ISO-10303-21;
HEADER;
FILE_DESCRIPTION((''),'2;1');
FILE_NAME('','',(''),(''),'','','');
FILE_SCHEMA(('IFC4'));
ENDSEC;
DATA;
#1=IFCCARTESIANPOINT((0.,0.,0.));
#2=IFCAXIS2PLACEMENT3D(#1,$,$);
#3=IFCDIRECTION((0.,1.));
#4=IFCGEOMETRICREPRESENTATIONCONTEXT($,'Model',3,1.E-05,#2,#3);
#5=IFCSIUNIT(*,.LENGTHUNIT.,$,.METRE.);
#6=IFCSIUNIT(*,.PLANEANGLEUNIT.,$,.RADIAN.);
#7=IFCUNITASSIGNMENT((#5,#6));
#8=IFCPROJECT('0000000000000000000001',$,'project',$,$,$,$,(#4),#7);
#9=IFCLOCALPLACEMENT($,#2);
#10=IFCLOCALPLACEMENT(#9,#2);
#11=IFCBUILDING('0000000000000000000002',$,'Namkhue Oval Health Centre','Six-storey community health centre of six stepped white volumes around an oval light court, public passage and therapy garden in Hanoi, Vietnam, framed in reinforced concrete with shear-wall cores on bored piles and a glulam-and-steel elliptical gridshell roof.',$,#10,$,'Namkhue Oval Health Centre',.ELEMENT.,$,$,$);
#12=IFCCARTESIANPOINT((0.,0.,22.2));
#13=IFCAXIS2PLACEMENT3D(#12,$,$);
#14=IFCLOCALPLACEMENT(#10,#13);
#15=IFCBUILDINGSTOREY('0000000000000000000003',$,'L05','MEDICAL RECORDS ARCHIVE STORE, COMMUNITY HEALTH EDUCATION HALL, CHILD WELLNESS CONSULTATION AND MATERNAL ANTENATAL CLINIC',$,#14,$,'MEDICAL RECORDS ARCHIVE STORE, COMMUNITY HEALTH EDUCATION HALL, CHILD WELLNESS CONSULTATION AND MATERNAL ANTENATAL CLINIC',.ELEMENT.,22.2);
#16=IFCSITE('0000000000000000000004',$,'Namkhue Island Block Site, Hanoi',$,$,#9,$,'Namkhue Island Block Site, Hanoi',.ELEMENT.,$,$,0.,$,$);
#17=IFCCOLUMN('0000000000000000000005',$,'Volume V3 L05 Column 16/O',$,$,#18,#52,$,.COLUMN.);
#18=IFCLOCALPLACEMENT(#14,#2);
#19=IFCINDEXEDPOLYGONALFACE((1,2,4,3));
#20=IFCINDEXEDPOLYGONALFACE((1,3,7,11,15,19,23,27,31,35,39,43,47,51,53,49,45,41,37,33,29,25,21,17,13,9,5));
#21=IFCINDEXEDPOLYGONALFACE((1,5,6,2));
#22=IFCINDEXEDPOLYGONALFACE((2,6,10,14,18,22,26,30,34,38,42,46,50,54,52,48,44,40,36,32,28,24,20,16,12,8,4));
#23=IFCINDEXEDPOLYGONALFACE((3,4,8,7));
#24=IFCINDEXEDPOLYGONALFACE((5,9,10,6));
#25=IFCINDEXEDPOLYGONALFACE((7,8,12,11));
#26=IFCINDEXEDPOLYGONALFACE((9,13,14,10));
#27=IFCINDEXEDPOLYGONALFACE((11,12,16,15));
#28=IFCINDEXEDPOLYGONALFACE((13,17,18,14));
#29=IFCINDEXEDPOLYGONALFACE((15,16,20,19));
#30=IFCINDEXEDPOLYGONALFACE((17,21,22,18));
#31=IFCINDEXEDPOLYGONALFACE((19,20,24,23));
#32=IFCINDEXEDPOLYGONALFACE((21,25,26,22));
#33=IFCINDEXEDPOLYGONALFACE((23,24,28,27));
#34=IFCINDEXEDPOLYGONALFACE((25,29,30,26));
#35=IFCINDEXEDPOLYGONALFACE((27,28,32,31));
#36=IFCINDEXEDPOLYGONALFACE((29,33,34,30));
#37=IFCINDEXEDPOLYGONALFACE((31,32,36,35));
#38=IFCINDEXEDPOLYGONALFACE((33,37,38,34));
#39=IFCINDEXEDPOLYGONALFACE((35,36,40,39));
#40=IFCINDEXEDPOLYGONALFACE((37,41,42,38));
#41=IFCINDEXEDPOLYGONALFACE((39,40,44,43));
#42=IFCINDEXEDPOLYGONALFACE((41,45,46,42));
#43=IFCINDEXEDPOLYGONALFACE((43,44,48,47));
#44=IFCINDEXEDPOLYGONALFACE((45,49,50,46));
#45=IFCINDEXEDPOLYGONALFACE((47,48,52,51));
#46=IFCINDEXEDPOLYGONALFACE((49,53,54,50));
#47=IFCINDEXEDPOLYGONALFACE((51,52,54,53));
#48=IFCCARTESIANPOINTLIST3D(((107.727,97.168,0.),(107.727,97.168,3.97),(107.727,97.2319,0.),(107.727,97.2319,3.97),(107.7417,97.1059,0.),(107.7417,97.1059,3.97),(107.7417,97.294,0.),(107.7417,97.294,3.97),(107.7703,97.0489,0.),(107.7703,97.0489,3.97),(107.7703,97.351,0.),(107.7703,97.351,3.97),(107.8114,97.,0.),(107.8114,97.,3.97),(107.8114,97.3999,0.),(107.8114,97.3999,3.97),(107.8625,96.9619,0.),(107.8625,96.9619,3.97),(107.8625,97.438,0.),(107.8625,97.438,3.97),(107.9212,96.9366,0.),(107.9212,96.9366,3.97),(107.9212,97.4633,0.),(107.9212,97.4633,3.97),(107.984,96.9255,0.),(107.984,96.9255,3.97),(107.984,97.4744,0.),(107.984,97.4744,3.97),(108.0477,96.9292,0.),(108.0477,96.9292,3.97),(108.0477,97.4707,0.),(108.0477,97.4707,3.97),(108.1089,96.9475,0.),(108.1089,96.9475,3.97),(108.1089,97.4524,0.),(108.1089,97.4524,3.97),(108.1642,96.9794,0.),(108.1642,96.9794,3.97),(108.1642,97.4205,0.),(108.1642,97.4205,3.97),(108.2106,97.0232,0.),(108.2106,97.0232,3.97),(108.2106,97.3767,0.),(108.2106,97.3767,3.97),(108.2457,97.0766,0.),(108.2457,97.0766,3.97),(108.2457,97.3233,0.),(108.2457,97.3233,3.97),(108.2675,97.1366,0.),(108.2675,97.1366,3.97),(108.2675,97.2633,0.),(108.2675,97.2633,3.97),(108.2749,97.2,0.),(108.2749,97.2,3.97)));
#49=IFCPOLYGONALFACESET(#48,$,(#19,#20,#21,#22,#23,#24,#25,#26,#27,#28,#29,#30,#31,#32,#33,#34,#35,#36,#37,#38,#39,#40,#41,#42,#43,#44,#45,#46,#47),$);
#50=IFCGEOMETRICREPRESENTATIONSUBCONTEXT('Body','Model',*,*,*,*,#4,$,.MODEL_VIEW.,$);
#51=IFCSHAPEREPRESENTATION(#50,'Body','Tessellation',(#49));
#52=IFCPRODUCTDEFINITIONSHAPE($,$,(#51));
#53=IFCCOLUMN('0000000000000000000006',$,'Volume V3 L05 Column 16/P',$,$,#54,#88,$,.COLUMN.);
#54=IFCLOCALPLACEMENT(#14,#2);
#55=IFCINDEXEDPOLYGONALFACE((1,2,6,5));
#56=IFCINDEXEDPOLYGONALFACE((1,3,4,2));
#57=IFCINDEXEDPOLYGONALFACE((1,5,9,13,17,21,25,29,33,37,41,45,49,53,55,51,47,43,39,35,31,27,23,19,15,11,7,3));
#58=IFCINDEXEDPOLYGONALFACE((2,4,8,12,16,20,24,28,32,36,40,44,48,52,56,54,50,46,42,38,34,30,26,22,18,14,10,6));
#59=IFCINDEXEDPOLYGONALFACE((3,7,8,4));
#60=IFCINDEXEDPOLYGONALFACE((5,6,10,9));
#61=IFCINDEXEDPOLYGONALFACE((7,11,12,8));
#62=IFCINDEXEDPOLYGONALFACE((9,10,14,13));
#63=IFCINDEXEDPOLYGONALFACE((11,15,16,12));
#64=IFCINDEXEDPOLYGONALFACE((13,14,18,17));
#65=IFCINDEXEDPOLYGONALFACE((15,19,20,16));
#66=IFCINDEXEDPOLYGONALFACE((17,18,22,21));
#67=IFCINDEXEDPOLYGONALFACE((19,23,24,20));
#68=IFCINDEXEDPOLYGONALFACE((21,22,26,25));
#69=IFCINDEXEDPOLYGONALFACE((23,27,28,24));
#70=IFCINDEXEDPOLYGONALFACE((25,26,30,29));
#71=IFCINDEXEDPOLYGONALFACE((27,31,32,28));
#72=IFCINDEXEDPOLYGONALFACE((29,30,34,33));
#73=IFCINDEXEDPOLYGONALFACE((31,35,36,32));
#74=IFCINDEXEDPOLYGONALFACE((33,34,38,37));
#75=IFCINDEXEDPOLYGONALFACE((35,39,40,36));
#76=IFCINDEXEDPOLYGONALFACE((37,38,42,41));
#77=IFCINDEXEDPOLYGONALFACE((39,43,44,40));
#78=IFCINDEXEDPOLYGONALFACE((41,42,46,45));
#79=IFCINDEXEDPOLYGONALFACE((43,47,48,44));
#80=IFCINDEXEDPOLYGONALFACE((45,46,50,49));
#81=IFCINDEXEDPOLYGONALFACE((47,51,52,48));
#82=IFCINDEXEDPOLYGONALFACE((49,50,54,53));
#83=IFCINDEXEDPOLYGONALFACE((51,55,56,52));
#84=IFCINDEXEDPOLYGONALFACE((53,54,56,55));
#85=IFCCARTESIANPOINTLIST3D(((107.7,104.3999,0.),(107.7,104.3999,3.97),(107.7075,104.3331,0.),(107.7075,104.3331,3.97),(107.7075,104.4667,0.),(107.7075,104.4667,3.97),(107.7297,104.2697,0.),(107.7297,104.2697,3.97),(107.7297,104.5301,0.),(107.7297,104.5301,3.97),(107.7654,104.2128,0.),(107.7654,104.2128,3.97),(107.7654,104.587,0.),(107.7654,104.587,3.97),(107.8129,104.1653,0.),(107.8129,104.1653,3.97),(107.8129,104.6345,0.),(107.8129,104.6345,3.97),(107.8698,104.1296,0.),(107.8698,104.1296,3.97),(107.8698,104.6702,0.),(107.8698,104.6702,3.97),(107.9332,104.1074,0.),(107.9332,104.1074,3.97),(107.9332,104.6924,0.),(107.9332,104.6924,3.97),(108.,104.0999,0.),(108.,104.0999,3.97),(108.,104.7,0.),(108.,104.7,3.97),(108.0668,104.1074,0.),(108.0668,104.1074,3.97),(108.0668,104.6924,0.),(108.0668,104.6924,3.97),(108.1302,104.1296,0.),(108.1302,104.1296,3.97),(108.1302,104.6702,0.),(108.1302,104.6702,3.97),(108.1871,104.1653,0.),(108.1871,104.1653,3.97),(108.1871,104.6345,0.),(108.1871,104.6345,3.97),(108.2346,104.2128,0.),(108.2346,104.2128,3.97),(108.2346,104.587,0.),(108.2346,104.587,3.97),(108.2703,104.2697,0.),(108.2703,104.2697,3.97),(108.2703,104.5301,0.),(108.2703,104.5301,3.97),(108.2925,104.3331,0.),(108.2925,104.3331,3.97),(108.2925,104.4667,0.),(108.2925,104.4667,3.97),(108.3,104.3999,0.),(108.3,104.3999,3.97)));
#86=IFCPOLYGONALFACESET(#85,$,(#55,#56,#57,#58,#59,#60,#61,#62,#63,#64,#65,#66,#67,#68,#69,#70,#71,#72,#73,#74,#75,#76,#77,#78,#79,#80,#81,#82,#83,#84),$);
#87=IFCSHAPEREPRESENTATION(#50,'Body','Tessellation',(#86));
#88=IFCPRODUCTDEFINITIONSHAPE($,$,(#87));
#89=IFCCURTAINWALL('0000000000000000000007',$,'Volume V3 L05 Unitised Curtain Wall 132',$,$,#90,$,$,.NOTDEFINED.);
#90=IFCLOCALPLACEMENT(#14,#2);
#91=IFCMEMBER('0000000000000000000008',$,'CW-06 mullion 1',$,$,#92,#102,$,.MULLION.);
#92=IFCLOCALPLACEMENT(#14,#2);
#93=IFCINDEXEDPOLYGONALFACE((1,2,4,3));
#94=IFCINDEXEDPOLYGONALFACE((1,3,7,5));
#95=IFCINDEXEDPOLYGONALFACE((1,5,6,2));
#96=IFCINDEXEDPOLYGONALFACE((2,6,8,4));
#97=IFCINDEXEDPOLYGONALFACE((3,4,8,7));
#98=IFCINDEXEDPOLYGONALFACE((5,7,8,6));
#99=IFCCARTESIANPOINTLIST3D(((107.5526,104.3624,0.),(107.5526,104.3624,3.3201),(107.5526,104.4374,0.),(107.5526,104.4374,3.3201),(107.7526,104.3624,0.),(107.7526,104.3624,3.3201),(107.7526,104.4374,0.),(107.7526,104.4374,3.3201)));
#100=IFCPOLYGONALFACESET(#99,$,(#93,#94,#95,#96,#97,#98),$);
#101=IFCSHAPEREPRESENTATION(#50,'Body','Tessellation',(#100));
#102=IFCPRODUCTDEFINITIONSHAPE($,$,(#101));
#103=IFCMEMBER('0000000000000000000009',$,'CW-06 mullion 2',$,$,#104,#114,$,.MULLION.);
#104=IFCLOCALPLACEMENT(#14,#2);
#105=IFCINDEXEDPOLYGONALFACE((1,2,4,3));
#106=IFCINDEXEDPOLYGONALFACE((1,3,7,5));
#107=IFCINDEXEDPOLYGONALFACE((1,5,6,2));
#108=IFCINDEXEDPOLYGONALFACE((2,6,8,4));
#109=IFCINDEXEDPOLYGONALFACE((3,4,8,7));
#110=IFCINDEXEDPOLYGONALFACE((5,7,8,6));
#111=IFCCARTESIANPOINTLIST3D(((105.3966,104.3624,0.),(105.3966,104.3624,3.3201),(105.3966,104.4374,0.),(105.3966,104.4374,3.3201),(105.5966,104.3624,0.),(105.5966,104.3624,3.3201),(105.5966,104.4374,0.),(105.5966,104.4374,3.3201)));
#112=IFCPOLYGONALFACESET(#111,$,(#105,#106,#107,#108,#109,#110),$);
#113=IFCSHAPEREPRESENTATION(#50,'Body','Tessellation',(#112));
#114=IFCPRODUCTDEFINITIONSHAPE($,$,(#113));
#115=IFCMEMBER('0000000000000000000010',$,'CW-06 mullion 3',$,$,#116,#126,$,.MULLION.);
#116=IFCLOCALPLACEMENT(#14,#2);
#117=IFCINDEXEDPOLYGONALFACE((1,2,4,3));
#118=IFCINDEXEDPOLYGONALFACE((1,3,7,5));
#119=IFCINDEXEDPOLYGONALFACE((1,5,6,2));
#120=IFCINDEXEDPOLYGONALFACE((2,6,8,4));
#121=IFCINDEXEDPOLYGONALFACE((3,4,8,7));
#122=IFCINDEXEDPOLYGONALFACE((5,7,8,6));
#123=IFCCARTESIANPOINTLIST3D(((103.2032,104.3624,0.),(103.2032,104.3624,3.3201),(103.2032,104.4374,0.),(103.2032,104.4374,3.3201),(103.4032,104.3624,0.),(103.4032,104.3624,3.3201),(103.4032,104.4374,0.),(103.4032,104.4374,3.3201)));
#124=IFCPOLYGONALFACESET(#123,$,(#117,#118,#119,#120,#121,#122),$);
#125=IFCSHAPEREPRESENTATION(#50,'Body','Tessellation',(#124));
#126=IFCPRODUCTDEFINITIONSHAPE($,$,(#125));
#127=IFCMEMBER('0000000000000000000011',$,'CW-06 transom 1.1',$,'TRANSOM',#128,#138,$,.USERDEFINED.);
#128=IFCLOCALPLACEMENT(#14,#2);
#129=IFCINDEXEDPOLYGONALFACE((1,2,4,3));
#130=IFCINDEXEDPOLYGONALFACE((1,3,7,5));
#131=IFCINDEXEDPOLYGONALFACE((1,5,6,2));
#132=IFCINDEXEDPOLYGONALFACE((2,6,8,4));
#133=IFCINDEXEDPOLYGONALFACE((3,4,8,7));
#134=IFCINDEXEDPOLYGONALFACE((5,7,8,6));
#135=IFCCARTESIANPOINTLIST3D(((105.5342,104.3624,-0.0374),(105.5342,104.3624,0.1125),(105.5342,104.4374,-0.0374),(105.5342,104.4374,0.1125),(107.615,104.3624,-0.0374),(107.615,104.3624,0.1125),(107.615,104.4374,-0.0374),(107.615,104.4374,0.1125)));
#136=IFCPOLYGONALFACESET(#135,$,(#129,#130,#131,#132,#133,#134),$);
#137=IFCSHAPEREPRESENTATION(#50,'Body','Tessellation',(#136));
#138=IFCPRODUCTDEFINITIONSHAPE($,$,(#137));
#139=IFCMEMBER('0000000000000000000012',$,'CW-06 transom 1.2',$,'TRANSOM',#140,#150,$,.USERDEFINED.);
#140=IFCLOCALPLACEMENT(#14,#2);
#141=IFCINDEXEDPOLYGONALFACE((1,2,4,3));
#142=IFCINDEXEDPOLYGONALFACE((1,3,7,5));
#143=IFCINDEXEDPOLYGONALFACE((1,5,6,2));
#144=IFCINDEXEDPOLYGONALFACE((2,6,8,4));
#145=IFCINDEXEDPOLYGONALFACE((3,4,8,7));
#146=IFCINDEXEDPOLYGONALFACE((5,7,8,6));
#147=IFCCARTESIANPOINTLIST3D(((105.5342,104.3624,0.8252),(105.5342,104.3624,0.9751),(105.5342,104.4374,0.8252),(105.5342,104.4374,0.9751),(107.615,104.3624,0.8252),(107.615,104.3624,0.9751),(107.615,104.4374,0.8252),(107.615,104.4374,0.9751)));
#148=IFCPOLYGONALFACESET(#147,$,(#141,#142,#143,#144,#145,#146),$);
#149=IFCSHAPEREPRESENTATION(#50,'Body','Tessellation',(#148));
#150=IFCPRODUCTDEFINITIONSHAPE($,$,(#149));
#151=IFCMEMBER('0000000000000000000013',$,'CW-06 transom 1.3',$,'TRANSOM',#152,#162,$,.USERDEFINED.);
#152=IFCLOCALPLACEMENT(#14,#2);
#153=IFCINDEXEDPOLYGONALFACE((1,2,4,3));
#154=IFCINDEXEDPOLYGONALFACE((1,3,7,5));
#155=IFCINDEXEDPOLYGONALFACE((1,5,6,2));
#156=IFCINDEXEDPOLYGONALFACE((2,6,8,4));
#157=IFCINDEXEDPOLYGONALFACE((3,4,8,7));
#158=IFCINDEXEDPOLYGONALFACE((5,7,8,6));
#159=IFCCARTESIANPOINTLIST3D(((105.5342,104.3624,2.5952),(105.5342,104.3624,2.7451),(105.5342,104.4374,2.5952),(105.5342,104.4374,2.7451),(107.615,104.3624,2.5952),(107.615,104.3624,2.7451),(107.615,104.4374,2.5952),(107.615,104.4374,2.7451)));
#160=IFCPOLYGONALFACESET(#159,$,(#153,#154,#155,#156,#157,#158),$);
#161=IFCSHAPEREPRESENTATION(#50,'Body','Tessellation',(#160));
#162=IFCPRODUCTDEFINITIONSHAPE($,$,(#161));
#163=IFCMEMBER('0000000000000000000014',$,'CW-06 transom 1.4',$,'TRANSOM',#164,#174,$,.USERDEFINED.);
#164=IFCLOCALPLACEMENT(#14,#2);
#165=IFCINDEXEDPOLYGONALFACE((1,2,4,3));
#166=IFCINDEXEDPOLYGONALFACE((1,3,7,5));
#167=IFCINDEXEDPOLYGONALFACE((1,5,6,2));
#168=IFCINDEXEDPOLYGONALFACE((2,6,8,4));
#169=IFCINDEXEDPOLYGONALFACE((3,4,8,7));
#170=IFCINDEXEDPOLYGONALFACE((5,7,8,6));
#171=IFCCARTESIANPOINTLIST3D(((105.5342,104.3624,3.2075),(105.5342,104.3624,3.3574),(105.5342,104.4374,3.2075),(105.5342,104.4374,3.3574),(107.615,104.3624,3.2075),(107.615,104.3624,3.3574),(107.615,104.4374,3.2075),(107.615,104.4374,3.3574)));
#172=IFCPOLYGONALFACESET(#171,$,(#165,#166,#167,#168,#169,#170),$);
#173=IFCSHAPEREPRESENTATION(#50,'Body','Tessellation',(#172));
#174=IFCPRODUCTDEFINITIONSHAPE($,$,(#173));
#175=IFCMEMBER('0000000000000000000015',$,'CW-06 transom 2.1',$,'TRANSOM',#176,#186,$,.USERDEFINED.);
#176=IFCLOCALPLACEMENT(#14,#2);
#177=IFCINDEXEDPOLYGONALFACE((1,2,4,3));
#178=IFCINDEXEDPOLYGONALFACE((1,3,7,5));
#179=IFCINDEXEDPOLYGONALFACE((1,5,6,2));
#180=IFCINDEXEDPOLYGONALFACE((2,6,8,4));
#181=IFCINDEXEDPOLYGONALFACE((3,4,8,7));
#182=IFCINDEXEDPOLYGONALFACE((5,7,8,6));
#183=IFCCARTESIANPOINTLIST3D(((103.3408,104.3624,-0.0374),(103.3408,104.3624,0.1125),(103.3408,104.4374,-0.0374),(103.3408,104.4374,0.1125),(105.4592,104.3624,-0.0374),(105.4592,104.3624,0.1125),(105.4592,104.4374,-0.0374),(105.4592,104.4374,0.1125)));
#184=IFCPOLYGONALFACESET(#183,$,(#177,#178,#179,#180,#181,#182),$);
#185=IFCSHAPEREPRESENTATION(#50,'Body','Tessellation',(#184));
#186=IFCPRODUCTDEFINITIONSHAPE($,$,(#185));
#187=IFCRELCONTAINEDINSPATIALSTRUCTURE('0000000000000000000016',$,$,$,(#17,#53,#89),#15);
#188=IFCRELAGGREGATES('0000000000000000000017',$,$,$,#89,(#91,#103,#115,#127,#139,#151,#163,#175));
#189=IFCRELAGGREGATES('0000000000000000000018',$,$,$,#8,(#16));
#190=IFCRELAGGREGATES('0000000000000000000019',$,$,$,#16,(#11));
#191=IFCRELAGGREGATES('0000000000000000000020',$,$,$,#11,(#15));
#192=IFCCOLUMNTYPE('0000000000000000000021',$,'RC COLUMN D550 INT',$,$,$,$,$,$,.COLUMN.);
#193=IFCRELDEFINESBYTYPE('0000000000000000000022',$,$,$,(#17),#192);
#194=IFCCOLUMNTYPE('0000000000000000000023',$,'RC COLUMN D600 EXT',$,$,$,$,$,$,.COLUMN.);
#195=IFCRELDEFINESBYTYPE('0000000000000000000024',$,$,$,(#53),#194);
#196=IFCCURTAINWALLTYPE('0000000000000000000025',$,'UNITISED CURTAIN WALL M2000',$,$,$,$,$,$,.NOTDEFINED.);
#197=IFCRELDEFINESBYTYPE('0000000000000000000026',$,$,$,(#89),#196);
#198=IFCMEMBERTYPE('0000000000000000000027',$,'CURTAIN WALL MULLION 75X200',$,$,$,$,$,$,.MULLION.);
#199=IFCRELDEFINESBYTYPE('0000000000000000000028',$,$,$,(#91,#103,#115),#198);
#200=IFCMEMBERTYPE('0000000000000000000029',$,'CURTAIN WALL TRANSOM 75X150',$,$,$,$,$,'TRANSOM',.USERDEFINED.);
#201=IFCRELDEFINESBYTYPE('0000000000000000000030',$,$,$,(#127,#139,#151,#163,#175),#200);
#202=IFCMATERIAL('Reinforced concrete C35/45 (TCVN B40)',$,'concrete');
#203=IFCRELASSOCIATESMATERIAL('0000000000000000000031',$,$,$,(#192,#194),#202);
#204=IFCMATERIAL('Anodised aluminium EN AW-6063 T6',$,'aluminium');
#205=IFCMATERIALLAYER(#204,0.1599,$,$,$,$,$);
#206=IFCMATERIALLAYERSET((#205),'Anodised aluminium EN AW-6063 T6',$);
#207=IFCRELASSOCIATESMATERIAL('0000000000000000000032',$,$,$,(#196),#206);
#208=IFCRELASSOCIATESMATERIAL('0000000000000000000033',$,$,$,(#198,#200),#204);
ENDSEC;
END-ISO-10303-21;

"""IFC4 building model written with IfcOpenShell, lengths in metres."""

from ifc_helpers import new_model, si_unit, direction, frame, origin, origin_2d, place, context, subcontext, project, spatial, rectangle, circle, extrude, material, layer, layer_set, material_profile, profile_set, type_object, element, aggregate, save


model = new_model("IFC4")

# Units and contexts
model_context = context("Model", 3, precision=1e-05, world=origin(), true_north=direction((0.0, 1.0)))
body_context = subcontext(model_context, "Body", "Model", "MODEL_VIEW")
ifc_project = project(units=[si_unit("LENGTHUNIT", "METRE"), si_unit("PLANEANGLEUNIT", "RADIAN")], contexts=[model_context])

# Site, building, storey
site_placement = place(None, origin())
site = spatial("IfcSite", under=ifc_project, at=site_placement, Name="Namkhue Island Block Site, Hanoi", LongName="Namkhue Island Block Site, Hanoi", CompositionType="ELEMENT", RefElevation=0.0)
building_placement = place(site_placement, origin())
building = spatial("IfcBuilding", under=site, at=building_placement, Name="Namkhue Oval Health Centre", Description="Six-storey community health centre of six stepped white volumes around an oval light court, public passage and therapy garden in Hanoi, Vietnam, framed in reinforced concrete with shear-wall cores on bored piles and a glulam-and-steel elliptical gridshell roof.", LongName="Namkhue Oval Health Centre", CompositionType="ELEMENT")
storey_placement = place(building_placement, frame((0.0, 0.0, 22.2)))
storey = spatial("IfcBuildingStorey", under=building, at=storey_placement, Name="L05", Description="MEDICAL RECORDS ARCHIVE STORE, COMMUNITY HEALTH EDUCATION HALL, CHILD WELLNESS CONSULTATION AND MATERNAL ANTENATAL CLINIC", LongName="MEDICAL RECORDS ARCHIVE STORE, COMMUNITY HEALTH EDUCATION HALL, CHILD WELLNESS CONSULTATION AND MATERNAL ANTENATAL CLINIC", CompositionType="ELEMENT", Elevation=22.2)

# Columns
ifc_material_1 = material(Name="Reinforced concrete C35/45 (TCVN B40)", Category="concrete")
ifc_material_profile_1 = material_profile(ifc_material_1, circle(Radius=0.2749, at=origin_2d()), Name="RC D550")
ifc_profile_set_1 = profile_set([ifc_material_profile_1], Name="Reinforced concrete C35/45 (TCVN B40)")
column_type_1 = type_object("IfcColumnType", Name="RC COLUMN D550 INT", PredefinedType="COLUMN", material=ifc_profile_set_1)
column_1_placement = place(storey_placement, frame((108.0, 97.2, 0.0), z_axis=(0.0, 0.0, 1.0), x_axis=(1.0, 0.0, 0.0)))
element("IfcColumn", 1, at=column_1_placement, inside=storey, type_object=column_type_1, Name="Volume V3 L05 Column 16/O", PredefinedType="COLUMN", context=body_context, shape_type="SweptSolid", body=[
    extrude(circle(Radius=0.2749, at=origin_2d()), origin(), (0.0, 0.0, 1.0), 3.97),
])
ifc_material_profile_2 = material_profile(ifc_material_1, circle(Radius=0.3, at=origin_2d()), Name="RC D600")
ifc_profile_set_2 = profile_set([ifc_material_profile_2], Name="Reinforced concrete C35/45 (TCVN B40)")
column_type_2 = type_object("IfcColumnType", Name="RC COLUMN D600 EXT", PredefinedType="COLUMN", material=ifc_profile_set_2)
column_2_placement = place(storey_placement, frame((108.0, 104.3999, 0.0), z_axis=(0.0, 0.0, 1.0), x_axis=(1.0, 0.0, 0.0)))
element("IfcColumn", 2, at=column_2_placement, inside=storey, type_object=column_type_2, Name="Volume V3 L05 Column 16/P", PredefinedType="COLUMN", context=body_context, shape_type="SweptSolid", body=[
    extrude(circle(Radius=0.3, at=origin_2d()), origin(), (0.0, 0.0, 1.0), 3.97),
])

# Curtain wall, members
ifc_material_2 = material(Name="Anodised aluminium EN AW-6063 T6", Category="aluminium")
ifc_layer_1 = layer(ifc_material_2, 0.1599)
ifc_layer_set_1 = layer_set([ifc_layer_1], Name="Anodised aluminium EN AW-6063 T6")
curtain_wall_type = type_object("IfcCurtainWallType", Name="UNITISED CURTAIN WALL M2000", PredefinedType="NOTDEFINED", material=ifc_layer_set_1)
curtain_wall_placement = place(storey_placement, origin())
curtain_wall = element("IfcCurtainWall", 3, at=curtain_wall_placement, inside=storey, type_object=curtain_wall_type, Name="Volume V3 L05 Unitised Curtain Wall 132", PredefinedType="NOTDEFINED")
ifc_material_profile_3 = material_profile(ifc_material_2, rectangle(XDim=0.075, YDim=0.2, at=origin_2d()), Name="ALU 75x200")
ifc_profile_set_3 = profile_set([ifc_material_profile_3], Name="Anodised aluminium EN AW-6063 T6")
member_type_1 = type_object("IfcMemberType", Name="CURTAIN WALL MULLION 75X200", PredefinedType="MULLION", material=ifc_profile_set_3)
member_1_placement = place(storey_placement, frame((107.6526, 104.3999, 0.0), z_axis=(0.0, 0.0, 1.0), x_axis=(0.0, -1.0, 0.0)))
member_1 = element("IfcMember", 4, at=member_1_placement, type_object=member_type_1, Name="CW-06 mullion 1", PredefinedType="MULLION", context=body_context, shape_type="SweptSolid", body=[
    extrude(rectangle(XDim=0.075, YDim=0.2, at=origin_2d()), origin(), (0.0, 0.0, 1.0), 3.3201),
])
member_2_placement = place(storey_placement, frame((105.4966, 104.3999, 0.0), z_axis=(0.0, 0.0, 1.0), x_axis=(0.0, -1.0, 0.0)))
member_2 = element("IfcMember", 5, at=member_2_placement, type_object=member_type_1, Name="CW-06 mullion 2", PredefinedType="MULLION", context=body_context, shape_type="SweptSolid", body=[
    extrude(rectangle(XDim=0.075, YDim=0.2, at=origin_2d()), origin(), (0.0, 0.0, 1.0), 3.3201),
])
member_3_placement = place(storey_placement, frame((103.3032, 104.3999, 0.0), z_axis=(0.0, 0.0, 1.0), x_axis=(0.0, -1.0, 0.0)))
member_3 = element("IfcMember", 6, at=member_3_placement, type_object=member_type_1, Name="CW-06 mullion 3", PredefinedType="MULLION", context=body_context, shape_type="SweptSolid", body=[
    extrude(rectangle(XDim=0.075, YDim=0.2, at=origin_2d()), origin(), (0.0, 0.0, 1.0), 3.3201),
])
ifc_material_profile_4 = material_profile(ifc_material_2, rectangle(XDim=0.075, YDim=0.1499, at=origin_2d()), Name="ALU 75x150")
ifc_profile_set_4 = profile_set([ifc_material_profile_4], Name="Anodised aluminium EN AW-6063 T6")
member_type_2 = type_object("IfcMemberType", Name="CURTAIN WALL TRANSOM 75X150", ElementType="TRANSOM", PredefinedType="USERDEFINED", material=ifc_profile_set_4)
member_4_placement = place(storey_placement, frame((107.615, 104.3999, 0.0376), z_axis=(-1.0, 0.0, 0.0), x_axis=(0.0, -1.0, 0.0)))
member_4 = element("IfcMember", 7, at=member_4_placement, type_object=member_type_2, Name="CW-06 transom 1.1", ObjectType="TRANSOM", PredefinedType="USERDEFINED", context=body_context, shape_type="SweptSolid", body=[
    extrude(rectangle(XDim=0.075, YDim=0.1499, at=origin_2d()), origin(), (0.0, 0.0, 1.0), 2.0808),
])
member_5_placement = place(storey_placement, frame((107.615, 104.3999, 0.9001), z_axis=(-1.0, 0.0, 0.0), x_axis=(0.0, -1.0, 0.0)))
member_5 = element("IfcMember", 8, at=member_5_placement, type_object=member_type_2, Name="CW-06 transom 1.2", ObjectType="TRANSOM", PredefinedType="USERDEFINED", context=body_context, shape_type="SweptSolid", body=[
    extrude(rectangle(XDim=0.075, YDim=0.1499, at=origin_2d()), origin(), (0.0, 0.0, 1.0), 2.0808),
])
member_6_placement = place(storey_placement, frame((107.615, 104.3999, 2.6702), z_axis=(-1.0, 0.0, 0.0), x_axis=(0.0, -1.0, 0.0)))
member_6 = element("IfcMember", 9, at=member_6_placement, type_object=member_type_2, Name="CW-06 transom 1.3", ObjectType="TRANSOM", PredefinedType="USERDEFINED", context=body_context, shape_type="SweptSolid", body=[
    extrude(rectangle(XDim=0.075, YDim=0.1499, at=origin_2d()), origin(), (0.0, 0.0, 1.0), 2.0808),
])
member_7_placement = place(storey_placement, frame((107.615, 104.3999, 3.2825), z_axis=(-1.0, 0.0, 0.0), x_axis=(0.0, -1.0, 0.0)))
member_7 = element("IfcMember", 10, at=member_7_placement, type_object=member_type_2, Name="CW-06 transom 1.4", ObjectType="TRANSOM", PredefinedType="USERDEFINED", context=body_context, shape_type="SweptSolid", body=[
    extrude(rectangle(XDim=0.075, YDim=0.1499, at=origin_2d()), origin(), (0.0, 0.0, 1.0), 2.0808),
])
member_8_placement = place(storey_placement, frame((105.4592, 104.3999, 0.0376), z_axis=(-1.0, 0.0, 0.0), x_axis=(0.0, -1.0, 0.0)))
member_8 = element("IfcMember", 11, at=member_8_placement, type_object=member_type_2, Name="CW-06 transom 2.1", ObjectType="TRANSOM", PredefinedType="USERDEFINED", context=body_context, shape_type="SweptSolid", body=[
    extrude(rectangle(XDim=0.075, YDim=0.1499, at=origin_2d()), origin(), (0.0, 0.0, 1.0), 2.1184),
])

aggregate(curtain_wall, [member_1, member_2, member_3, member_4, member_5, member_6, member_7, member_8])

save(model, "model.ifc")
